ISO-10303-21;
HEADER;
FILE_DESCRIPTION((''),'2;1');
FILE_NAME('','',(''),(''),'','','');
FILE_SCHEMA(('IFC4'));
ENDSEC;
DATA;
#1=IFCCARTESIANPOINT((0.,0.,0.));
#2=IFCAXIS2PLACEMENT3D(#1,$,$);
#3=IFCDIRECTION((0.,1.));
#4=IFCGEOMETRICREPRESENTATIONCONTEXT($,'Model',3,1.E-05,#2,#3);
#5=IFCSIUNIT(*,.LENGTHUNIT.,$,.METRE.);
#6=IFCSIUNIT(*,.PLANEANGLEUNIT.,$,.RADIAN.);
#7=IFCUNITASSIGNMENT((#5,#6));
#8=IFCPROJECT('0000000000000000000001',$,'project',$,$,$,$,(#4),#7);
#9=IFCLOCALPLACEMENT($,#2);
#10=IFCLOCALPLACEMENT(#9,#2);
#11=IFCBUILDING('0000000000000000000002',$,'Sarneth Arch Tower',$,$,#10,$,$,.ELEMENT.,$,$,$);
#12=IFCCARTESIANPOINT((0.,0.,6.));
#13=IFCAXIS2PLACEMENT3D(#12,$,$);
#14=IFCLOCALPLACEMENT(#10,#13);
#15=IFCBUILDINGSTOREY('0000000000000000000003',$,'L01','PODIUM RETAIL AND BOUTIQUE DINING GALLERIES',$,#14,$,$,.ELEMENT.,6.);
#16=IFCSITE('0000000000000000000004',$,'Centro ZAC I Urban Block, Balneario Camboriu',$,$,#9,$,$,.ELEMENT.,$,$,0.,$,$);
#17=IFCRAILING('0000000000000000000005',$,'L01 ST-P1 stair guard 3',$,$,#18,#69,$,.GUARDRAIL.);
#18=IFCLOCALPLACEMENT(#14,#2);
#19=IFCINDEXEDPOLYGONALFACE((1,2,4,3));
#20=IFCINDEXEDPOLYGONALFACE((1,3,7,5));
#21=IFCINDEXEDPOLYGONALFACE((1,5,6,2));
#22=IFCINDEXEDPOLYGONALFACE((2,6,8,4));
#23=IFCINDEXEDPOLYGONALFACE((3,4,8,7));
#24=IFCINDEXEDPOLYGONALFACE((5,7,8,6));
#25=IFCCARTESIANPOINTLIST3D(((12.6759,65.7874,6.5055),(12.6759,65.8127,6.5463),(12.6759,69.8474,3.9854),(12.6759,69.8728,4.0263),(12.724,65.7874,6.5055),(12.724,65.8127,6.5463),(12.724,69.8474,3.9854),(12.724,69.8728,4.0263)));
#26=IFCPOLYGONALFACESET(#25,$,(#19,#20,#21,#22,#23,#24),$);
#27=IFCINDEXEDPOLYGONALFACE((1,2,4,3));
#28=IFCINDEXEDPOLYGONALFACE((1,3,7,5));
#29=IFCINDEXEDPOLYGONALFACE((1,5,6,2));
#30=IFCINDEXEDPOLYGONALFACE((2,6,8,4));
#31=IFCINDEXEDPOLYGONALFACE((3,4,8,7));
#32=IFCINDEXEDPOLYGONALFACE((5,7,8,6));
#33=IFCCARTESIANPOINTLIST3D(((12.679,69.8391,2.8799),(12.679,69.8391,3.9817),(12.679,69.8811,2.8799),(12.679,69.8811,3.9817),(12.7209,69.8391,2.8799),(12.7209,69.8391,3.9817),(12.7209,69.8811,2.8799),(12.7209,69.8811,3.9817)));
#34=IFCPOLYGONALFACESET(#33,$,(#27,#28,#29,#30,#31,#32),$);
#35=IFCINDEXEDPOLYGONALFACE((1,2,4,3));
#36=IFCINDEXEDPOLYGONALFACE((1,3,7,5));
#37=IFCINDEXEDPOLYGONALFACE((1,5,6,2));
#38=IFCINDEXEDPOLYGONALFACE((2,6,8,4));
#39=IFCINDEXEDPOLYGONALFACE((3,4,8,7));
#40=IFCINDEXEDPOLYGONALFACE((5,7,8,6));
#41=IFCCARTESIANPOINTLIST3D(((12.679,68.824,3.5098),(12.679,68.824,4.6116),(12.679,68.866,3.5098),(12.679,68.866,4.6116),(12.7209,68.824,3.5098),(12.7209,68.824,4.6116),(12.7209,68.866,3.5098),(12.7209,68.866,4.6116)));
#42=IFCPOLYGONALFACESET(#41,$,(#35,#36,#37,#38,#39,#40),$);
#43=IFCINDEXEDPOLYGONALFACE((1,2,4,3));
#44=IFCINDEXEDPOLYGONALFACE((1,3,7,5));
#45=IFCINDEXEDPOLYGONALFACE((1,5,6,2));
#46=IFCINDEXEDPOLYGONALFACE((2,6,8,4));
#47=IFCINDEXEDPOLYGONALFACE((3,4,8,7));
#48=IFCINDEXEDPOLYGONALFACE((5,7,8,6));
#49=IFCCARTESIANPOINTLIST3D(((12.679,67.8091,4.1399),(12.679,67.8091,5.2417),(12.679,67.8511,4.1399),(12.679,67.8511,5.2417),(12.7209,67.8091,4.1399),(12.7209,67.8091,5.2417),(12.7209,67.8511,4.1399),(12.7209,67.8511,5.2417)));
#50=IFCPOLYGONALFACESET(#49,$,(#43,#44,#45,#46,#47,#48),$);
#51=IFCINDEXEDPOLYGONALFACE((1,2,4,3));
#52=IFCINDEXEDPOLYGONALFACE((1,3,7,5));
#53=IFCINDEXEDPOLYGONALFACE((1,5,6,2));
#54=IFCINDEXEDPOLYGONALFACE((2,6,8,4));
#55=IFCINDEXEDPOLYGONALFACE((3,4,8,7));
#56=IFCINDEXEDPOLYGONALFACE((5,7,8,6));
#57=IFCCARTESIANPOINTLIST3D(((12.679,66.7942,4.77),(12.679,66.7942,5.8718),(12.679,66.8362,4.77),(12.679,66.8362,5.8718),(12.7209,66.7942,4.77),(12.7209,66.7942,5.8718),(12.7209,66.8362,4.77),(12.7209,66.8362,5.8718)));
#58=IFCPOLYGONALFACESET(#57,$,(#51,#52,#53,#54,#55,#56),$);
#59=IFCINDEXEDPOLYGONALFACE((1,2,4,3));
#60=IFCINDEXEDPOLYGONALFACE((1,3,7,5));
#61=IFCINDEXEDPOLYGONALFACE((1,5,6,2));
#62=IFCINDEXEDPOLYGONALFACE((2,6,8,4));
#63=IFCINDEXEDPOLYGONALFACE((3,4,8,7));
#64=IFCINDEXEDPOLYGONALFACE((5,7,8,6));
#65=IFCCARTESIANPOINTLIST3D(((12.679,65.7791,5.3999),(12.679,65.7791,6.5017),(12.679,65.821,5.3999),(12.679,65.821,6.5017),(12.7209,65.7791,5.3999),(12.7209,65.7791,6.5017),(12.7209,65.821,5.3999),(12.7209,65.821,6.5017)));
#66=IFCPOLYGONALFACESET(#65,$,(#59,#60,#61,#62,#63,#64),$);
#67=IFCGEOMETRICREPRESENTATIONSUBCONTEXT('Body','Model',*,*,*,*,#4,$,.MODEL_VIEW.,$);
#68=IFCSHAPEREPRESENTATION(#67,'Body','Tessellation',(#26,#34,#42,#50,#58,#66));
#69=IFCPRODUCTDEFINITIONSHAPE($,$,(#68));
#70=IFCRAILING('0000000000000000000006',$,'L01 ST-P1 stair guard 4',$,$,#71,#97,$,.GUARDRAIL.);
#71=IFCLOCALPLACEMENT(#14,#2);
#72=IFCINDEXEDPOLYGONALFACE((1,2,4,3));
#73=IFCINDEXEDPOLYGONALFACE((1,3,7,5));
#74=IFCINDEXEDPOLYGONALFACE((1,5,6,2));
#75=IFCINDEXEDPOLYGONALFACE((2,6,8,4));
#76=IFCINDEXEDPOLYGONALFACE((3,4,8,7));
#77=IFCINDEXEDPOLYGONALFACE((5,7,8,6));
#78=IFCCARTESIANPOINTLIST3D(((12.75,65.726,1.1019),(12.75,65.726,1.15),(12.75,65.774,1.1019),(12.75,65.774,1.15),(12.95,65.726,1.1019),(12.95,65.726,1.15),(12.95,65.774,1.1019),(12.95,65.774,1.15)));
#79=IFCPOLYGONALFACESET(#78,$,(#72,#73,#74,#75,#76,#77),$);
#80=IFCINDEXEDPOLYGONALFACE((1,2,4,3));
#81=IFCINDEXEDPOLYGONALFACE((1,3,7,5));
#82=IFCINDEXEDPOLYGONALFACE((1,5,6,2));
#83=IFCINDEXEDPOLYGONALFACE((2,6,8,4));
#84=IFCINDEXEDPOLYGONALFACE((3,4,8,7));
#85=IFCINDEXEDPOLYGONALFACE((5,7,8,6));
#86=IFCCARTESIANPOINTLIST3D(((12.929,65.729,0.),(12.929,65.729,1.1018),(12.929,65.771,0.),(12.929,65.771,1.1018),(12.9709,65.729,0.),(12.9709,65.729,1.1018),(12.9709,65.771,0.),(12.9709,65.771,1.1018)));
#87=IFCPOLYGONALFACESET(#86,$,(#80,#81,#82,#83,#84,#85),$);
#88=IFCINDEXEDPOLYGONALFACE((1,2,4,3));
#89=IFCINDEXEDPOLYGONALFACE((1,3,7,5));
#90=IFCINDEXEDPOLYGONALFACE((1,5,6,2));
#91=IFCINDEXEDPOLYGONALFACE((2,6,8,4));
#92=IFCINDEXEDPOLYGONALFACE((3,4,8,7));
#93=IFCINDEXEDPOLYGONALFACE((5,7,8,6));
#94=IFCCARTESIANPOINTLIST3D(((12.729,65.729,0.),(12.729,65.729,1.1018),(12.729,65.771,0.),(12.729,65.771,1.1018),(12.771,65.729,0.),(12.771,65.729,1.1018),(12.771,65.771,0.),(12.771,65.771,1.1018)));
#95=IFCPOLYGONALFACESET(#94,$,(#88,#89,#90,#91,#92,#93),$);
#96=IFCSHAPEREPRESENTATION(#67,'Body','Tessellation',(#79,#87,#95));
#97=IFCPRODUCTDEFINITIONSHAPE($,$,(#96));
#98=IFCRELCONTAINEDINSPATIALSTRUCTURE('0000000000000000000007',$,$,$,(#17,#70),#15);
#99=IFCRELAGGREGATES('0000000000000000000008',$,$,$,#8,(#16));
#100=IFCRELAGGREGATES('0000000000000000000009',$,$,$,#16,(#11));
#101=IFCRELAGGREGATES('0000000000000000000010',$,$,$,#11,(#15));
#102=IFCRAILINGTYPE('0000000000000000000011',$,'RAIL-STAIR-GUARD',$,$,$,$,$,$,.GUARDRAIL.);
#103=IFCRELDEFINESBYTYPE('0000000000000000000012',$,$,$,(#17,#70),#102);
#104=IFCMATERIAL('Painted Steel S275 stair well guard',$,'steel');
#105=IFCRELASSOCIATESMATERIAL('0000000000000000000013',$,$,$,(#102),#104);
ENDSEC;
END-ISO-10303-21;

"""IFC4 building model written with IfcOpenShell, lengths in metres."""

from ifc_helpers import new_model, si_unit, direction, frame, origin, origin_2d, place, context, subcontext, project, spatial, rectangle, extrude, material, type_object, element, save


model = new_model("IFC4")

# Units and contexts
model_context = context("Model", 3, precision=1e-05, world=origin(), true_north=direction((0.0, 1.0)))
body_context = subcontext(model_context, "Body", "Model", "MODEL_VIEW")
ifc_project = project(units=[si_unit("LENGTHUNIT", "METRE"), si_unit("PLANEANGLEUNIT", "RADIAN")], contexts=[model_context])

# Site, building, storey
site_placement = place(None, origin())
site = spatial("IfcSite", under=ifc_project, at=site_placement, Name="Centro ZAC I Urban Block, Balneario Camboriu", CompositionType="ELEMENT", RefElevation=0.0)
building_placement = place(site_placement, origin())
building = spatial("IfcBuilding", under=site, at=building_placement, Name="Sarneth Arch Tower", CompositionType="ELEMENT")
storey_placement = place(building_placement, frame((0.0, 0.0, 6.0)))
storey = spatial("IfcBuildingStorey", under=building, at=storey_placement, Name="L01", Description="PODIUM RETAIL AND BOUTIQUE DINING GALLERIES", CompositionType="ELEMENT", Elevation=6.0)

# Railings
ifc_material_1 = material(Name="Painted Steel S275 stair well guard", Category="steel")
railing_type_1 = type_object("IfcRailingType", Name="RAIL-STAIR-GUARD", PredefinedType="GUARDRAIL", material=ifc_material_1)
railing_1_placement = place(storey_placement, frame((12.7, 69.8601, 2.8799)))
element("IfcRailing", 1, at=railing_1_placement, inside=storey, type_object=railing_type_1, Name="L01 ST-P1 stair guard 3", PredefinedType="GUARDRAIL", context=body_context, shape_type="SweptSolid", body=[
    extrude(rectangle(XDim=0.0481, YDim=0.0481, at=origin_2d()), frame((0.0, 0.0, 1.126), z_axis=(0.0, -0.849642, 0.52736), x_axis=(1.0, 0.0, 0.0)), (0.0, 0.0, 1.0), 4.7786),
    extrude(rectangle(XDim=0.042, YDim=0.042, at=origin_2d()), origin(), (0.0, 0.0, 1.0), 1.1018),
    extrude(rectangle(XDim=0.042, YDim=0.042, at=origin_2d()), frame((0.0, -1.0151, 0.6299)), (0.0, 0.0, 1.0), 1.1018),
    extrude(rectangle(XDim=0.042, YDim=0.042, at=origin_2d()), frame((0.0, -2.03, 1.26)), (0.0, 0.0, 1.0), 1.1018),
    extrude(rectangle(XDim=0.042, YDim=0.042, at=origin_2d()), frame((0.0, -3.0449, 1.8901)), (0.0, 0.0, 1.0), 1.1018),
    extrude(rectangle(XDim=0.042, YDim=0.042, at=origin_2d()), frame((0.0, -4.0601, 2.52)), (0.0, 0.0, 1.0), 1.1018),
])
railing_2_placement = place(storey_placement, frame((12.95, 65.75, 0.0)))
element("IfcRailing", 2, at=railing_2_placement, inside=storey, type_object=railing_type_1, Name="L01 ST-P1 stair guard 4", PredefinedType="GUARDRAIL", context=body_context, shape_type="SweptSolid", body=[
    extrude(rectangle(XDim=0.0481, YDim=0.0481, at=origin_2d()), frame((0.0, 0.0, 1.126), z_axis=(-1.0, 0.0, 0.0), x_axis=(0.0, -1.0, 0.0)), (0.0, 0.0, 1.0), 0.2),
    extrude(rectangle(XDim=0.042, YDim=0.042, at=origin_2d()), origin(), (0.0, 0.0, 1.0), 1.1018),
    extrude(rectangle(XDim=0.042, YDim=0.042, at=origin_2d()), frame((-0.2, 0.0, 0.0)), (0.0, 0.0, 1.0), 1.1018),
])

save(model, "model.ifc")
